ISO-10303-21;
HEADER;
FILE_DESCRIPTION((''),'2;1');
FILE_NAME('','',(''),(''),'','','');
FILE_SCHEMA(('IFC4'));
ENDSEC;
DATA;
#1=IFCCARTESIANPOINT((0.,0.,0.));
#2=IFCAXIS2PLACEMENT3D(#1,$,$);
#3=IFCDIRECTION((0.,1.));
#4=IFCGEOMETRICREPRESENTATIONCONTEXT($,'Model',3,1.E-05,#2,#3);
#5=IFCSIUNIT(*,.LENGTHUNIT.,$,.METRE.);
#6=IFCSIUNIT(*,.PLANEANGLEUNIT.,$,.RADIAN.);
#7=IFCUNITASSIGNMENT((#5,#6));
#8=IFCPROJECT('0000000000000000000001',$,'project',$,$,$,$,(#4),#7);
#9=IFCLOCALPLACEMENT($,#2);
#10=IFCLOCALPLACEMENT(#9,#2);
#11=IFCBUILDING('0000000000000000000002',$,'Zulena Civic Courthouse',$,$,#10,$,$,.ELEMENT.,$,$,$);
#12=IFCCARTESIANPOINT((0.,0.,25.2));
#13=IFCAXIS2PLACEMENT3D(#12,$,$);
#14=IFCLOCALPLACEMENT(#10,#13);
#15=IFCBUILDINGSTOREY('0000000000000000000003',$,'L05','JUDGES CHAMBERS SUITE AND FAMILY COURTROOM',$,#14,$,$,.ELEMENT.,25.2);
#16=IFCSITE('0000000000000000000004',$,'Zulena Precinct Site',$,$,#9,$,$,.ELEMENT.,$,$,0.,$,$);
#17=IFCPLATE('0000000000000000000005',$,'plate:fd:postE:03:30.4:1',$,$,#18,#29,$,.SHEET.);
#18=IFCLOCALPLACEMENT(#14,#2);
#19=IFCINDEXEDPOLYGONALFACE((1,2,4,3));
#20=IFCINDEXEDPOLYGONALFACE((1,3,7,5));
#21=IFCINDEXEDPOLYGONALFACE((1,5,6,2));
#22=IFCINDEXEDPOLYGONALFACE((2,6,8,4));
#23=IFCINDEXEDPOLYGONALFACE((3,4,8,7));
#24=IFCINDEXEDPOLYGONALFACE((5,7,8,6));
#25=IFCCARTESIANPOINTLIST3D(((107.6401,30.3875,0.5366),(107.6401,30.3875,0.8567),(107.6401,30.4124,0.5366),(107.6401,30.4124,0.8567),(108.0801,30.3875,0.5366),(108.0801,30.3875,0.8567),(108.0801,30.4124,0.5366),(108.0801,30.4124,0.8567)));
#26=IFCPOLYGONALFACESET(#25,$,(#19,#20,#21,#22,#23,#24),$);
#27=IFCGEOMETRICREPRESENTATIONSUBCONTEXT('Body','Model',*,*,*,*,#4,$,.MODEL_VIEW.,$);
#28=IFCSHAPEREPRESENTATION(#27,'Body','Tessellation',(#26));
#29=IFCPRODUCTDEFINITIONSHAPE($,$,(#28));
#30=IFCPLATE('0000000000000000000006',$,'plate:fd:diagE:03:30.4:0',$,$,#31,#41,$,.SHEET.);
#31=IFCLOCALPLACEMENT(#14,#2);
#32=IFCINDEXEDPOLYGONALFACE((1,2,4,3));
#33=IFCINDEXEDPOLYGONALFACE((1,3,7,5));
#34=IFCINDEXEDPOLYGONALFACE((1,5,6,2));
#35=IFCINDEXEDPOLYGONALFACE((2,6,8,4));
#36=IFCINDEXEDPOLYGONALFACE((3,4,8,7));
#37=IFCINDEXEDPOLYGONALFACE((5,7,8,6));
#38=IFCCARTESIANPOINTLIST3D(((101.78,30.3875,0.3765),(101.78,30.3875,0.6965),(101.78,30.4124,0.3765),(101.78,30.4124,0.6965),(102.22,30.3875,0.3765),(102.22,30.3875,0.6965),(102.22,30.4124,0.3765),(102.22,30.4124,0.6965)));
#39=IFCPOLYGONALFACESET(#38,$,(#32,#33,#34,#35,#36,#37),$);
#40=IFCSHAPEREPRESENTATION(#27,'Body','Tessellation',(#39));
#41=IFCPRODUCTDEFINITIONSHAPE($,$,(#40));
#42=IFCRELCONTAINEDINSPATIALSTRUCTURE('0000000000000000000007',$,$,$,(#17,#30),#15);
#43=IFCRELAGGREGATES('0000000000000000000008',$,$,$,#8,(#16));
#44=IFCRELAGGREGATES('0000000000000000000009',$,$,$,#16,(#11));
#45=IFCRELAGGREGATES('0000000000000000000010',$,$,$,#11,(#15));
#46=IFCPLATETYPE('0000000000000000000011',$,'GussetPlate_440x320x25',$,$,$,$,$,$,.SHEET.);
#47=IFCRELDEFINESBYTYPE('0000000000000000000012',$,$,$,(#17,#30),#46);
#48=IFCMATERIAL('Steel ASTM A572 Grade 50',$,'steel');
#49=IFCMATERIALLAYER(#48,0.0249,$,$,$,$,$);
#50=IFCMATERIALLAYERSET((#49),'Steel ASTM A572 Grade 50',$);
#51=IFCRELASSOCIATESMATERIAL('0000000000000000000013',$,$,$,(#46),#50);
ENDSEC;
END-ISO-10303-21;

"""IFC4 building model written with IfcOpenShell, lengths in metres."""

from ifc_helpers import new_model, si_unit, direction, frame, origin, origin_2d, place, context, subcontext, project, spatial, rectangle, extrude, material, layer, layer_set, type_object, element, save


model = new_model("IFC4")

# Units and contexts
model_context = context("Model", 3, precision=1e-05, world=origin(), true_north=direction((0.0, 1.0)))
body_context = subcontext(model_context, "Body", "Model", "MODEL_VIEW")
ifc_project = project(units=[si_unit("LENGTHUNIT", "METRE"), si_unit("PLANEANGLEUNIT", "RADIAN")], contexts=[model_context])

# Site, building, storey
site_placement = place(None, origin())
site = spatial("IfcSite", under=ifc_project, at=site_placement, Name="Zulena Precinct Site", CompositionType="ELEMENT", RefElevation=0.0)
building_placement = place(site_placement, origin())
building = spatial("IfcBuilding", under=site, at=building_placement, Name="Zulena Civic Courthouse", CompositionType="ELEMENT")
storey_placement = place(building_placement, frame((0.0, 0.0, 25.2)))
storey = spatial("IfcBuildingStorey", under=building, at=storey_placement, Name="L05", Description="JUDGES CHAMBERS SUITE AND FAMILY COURTROOM", CompositionType="ELEMENT", Elevation=25.2)

# Plates
ifc_material_1 = material(Name="Steel ASTM A572 Grade 50", Category="steel")
ifc_layer_1 = layer(ifc_material_1, 0.0249)
ifc_layer_set_1 = layer_set([ifc_layer_1], Name="Steel ASTM A572 Grade 50")
plate_type = type_object("IfcPlateType", Name="GussetPlate_440x320x25", PredefinedType="SHEET", material=ifc_layer_set_1)
for number, where, z_axis, x_axis, name in (
    (1, (107.8601, 30.3999, 0.5366), (0.0, 0.0, 1.0), (1.0, 0.0, 0.0), "plate:fd:postE:03:30.4:1"),
    (2, (102.0, 30.3999, 0.3765), (0.0, 0.0, 1.0), (1.0, 0.0, 0.0), "plate:fd:diagE:03:30.4:0"),
):
    element("IfcPlate", number, at=place(storey_placement, frame(where, z_axis=z_axis, x_axis=x_axis)), inside=storey, type_object=plate_type, Name=name, PredefinedType="SHEET", context=body_context, shape_type="SweptSolid", body=[
        extrude(rectangle(XDim=0.4399, YDim=0.0249, at=origin_2d()), origin(), (0.0, 0.0, 1.0), 0.3201),
    ])

save(model, "model.ifc")
